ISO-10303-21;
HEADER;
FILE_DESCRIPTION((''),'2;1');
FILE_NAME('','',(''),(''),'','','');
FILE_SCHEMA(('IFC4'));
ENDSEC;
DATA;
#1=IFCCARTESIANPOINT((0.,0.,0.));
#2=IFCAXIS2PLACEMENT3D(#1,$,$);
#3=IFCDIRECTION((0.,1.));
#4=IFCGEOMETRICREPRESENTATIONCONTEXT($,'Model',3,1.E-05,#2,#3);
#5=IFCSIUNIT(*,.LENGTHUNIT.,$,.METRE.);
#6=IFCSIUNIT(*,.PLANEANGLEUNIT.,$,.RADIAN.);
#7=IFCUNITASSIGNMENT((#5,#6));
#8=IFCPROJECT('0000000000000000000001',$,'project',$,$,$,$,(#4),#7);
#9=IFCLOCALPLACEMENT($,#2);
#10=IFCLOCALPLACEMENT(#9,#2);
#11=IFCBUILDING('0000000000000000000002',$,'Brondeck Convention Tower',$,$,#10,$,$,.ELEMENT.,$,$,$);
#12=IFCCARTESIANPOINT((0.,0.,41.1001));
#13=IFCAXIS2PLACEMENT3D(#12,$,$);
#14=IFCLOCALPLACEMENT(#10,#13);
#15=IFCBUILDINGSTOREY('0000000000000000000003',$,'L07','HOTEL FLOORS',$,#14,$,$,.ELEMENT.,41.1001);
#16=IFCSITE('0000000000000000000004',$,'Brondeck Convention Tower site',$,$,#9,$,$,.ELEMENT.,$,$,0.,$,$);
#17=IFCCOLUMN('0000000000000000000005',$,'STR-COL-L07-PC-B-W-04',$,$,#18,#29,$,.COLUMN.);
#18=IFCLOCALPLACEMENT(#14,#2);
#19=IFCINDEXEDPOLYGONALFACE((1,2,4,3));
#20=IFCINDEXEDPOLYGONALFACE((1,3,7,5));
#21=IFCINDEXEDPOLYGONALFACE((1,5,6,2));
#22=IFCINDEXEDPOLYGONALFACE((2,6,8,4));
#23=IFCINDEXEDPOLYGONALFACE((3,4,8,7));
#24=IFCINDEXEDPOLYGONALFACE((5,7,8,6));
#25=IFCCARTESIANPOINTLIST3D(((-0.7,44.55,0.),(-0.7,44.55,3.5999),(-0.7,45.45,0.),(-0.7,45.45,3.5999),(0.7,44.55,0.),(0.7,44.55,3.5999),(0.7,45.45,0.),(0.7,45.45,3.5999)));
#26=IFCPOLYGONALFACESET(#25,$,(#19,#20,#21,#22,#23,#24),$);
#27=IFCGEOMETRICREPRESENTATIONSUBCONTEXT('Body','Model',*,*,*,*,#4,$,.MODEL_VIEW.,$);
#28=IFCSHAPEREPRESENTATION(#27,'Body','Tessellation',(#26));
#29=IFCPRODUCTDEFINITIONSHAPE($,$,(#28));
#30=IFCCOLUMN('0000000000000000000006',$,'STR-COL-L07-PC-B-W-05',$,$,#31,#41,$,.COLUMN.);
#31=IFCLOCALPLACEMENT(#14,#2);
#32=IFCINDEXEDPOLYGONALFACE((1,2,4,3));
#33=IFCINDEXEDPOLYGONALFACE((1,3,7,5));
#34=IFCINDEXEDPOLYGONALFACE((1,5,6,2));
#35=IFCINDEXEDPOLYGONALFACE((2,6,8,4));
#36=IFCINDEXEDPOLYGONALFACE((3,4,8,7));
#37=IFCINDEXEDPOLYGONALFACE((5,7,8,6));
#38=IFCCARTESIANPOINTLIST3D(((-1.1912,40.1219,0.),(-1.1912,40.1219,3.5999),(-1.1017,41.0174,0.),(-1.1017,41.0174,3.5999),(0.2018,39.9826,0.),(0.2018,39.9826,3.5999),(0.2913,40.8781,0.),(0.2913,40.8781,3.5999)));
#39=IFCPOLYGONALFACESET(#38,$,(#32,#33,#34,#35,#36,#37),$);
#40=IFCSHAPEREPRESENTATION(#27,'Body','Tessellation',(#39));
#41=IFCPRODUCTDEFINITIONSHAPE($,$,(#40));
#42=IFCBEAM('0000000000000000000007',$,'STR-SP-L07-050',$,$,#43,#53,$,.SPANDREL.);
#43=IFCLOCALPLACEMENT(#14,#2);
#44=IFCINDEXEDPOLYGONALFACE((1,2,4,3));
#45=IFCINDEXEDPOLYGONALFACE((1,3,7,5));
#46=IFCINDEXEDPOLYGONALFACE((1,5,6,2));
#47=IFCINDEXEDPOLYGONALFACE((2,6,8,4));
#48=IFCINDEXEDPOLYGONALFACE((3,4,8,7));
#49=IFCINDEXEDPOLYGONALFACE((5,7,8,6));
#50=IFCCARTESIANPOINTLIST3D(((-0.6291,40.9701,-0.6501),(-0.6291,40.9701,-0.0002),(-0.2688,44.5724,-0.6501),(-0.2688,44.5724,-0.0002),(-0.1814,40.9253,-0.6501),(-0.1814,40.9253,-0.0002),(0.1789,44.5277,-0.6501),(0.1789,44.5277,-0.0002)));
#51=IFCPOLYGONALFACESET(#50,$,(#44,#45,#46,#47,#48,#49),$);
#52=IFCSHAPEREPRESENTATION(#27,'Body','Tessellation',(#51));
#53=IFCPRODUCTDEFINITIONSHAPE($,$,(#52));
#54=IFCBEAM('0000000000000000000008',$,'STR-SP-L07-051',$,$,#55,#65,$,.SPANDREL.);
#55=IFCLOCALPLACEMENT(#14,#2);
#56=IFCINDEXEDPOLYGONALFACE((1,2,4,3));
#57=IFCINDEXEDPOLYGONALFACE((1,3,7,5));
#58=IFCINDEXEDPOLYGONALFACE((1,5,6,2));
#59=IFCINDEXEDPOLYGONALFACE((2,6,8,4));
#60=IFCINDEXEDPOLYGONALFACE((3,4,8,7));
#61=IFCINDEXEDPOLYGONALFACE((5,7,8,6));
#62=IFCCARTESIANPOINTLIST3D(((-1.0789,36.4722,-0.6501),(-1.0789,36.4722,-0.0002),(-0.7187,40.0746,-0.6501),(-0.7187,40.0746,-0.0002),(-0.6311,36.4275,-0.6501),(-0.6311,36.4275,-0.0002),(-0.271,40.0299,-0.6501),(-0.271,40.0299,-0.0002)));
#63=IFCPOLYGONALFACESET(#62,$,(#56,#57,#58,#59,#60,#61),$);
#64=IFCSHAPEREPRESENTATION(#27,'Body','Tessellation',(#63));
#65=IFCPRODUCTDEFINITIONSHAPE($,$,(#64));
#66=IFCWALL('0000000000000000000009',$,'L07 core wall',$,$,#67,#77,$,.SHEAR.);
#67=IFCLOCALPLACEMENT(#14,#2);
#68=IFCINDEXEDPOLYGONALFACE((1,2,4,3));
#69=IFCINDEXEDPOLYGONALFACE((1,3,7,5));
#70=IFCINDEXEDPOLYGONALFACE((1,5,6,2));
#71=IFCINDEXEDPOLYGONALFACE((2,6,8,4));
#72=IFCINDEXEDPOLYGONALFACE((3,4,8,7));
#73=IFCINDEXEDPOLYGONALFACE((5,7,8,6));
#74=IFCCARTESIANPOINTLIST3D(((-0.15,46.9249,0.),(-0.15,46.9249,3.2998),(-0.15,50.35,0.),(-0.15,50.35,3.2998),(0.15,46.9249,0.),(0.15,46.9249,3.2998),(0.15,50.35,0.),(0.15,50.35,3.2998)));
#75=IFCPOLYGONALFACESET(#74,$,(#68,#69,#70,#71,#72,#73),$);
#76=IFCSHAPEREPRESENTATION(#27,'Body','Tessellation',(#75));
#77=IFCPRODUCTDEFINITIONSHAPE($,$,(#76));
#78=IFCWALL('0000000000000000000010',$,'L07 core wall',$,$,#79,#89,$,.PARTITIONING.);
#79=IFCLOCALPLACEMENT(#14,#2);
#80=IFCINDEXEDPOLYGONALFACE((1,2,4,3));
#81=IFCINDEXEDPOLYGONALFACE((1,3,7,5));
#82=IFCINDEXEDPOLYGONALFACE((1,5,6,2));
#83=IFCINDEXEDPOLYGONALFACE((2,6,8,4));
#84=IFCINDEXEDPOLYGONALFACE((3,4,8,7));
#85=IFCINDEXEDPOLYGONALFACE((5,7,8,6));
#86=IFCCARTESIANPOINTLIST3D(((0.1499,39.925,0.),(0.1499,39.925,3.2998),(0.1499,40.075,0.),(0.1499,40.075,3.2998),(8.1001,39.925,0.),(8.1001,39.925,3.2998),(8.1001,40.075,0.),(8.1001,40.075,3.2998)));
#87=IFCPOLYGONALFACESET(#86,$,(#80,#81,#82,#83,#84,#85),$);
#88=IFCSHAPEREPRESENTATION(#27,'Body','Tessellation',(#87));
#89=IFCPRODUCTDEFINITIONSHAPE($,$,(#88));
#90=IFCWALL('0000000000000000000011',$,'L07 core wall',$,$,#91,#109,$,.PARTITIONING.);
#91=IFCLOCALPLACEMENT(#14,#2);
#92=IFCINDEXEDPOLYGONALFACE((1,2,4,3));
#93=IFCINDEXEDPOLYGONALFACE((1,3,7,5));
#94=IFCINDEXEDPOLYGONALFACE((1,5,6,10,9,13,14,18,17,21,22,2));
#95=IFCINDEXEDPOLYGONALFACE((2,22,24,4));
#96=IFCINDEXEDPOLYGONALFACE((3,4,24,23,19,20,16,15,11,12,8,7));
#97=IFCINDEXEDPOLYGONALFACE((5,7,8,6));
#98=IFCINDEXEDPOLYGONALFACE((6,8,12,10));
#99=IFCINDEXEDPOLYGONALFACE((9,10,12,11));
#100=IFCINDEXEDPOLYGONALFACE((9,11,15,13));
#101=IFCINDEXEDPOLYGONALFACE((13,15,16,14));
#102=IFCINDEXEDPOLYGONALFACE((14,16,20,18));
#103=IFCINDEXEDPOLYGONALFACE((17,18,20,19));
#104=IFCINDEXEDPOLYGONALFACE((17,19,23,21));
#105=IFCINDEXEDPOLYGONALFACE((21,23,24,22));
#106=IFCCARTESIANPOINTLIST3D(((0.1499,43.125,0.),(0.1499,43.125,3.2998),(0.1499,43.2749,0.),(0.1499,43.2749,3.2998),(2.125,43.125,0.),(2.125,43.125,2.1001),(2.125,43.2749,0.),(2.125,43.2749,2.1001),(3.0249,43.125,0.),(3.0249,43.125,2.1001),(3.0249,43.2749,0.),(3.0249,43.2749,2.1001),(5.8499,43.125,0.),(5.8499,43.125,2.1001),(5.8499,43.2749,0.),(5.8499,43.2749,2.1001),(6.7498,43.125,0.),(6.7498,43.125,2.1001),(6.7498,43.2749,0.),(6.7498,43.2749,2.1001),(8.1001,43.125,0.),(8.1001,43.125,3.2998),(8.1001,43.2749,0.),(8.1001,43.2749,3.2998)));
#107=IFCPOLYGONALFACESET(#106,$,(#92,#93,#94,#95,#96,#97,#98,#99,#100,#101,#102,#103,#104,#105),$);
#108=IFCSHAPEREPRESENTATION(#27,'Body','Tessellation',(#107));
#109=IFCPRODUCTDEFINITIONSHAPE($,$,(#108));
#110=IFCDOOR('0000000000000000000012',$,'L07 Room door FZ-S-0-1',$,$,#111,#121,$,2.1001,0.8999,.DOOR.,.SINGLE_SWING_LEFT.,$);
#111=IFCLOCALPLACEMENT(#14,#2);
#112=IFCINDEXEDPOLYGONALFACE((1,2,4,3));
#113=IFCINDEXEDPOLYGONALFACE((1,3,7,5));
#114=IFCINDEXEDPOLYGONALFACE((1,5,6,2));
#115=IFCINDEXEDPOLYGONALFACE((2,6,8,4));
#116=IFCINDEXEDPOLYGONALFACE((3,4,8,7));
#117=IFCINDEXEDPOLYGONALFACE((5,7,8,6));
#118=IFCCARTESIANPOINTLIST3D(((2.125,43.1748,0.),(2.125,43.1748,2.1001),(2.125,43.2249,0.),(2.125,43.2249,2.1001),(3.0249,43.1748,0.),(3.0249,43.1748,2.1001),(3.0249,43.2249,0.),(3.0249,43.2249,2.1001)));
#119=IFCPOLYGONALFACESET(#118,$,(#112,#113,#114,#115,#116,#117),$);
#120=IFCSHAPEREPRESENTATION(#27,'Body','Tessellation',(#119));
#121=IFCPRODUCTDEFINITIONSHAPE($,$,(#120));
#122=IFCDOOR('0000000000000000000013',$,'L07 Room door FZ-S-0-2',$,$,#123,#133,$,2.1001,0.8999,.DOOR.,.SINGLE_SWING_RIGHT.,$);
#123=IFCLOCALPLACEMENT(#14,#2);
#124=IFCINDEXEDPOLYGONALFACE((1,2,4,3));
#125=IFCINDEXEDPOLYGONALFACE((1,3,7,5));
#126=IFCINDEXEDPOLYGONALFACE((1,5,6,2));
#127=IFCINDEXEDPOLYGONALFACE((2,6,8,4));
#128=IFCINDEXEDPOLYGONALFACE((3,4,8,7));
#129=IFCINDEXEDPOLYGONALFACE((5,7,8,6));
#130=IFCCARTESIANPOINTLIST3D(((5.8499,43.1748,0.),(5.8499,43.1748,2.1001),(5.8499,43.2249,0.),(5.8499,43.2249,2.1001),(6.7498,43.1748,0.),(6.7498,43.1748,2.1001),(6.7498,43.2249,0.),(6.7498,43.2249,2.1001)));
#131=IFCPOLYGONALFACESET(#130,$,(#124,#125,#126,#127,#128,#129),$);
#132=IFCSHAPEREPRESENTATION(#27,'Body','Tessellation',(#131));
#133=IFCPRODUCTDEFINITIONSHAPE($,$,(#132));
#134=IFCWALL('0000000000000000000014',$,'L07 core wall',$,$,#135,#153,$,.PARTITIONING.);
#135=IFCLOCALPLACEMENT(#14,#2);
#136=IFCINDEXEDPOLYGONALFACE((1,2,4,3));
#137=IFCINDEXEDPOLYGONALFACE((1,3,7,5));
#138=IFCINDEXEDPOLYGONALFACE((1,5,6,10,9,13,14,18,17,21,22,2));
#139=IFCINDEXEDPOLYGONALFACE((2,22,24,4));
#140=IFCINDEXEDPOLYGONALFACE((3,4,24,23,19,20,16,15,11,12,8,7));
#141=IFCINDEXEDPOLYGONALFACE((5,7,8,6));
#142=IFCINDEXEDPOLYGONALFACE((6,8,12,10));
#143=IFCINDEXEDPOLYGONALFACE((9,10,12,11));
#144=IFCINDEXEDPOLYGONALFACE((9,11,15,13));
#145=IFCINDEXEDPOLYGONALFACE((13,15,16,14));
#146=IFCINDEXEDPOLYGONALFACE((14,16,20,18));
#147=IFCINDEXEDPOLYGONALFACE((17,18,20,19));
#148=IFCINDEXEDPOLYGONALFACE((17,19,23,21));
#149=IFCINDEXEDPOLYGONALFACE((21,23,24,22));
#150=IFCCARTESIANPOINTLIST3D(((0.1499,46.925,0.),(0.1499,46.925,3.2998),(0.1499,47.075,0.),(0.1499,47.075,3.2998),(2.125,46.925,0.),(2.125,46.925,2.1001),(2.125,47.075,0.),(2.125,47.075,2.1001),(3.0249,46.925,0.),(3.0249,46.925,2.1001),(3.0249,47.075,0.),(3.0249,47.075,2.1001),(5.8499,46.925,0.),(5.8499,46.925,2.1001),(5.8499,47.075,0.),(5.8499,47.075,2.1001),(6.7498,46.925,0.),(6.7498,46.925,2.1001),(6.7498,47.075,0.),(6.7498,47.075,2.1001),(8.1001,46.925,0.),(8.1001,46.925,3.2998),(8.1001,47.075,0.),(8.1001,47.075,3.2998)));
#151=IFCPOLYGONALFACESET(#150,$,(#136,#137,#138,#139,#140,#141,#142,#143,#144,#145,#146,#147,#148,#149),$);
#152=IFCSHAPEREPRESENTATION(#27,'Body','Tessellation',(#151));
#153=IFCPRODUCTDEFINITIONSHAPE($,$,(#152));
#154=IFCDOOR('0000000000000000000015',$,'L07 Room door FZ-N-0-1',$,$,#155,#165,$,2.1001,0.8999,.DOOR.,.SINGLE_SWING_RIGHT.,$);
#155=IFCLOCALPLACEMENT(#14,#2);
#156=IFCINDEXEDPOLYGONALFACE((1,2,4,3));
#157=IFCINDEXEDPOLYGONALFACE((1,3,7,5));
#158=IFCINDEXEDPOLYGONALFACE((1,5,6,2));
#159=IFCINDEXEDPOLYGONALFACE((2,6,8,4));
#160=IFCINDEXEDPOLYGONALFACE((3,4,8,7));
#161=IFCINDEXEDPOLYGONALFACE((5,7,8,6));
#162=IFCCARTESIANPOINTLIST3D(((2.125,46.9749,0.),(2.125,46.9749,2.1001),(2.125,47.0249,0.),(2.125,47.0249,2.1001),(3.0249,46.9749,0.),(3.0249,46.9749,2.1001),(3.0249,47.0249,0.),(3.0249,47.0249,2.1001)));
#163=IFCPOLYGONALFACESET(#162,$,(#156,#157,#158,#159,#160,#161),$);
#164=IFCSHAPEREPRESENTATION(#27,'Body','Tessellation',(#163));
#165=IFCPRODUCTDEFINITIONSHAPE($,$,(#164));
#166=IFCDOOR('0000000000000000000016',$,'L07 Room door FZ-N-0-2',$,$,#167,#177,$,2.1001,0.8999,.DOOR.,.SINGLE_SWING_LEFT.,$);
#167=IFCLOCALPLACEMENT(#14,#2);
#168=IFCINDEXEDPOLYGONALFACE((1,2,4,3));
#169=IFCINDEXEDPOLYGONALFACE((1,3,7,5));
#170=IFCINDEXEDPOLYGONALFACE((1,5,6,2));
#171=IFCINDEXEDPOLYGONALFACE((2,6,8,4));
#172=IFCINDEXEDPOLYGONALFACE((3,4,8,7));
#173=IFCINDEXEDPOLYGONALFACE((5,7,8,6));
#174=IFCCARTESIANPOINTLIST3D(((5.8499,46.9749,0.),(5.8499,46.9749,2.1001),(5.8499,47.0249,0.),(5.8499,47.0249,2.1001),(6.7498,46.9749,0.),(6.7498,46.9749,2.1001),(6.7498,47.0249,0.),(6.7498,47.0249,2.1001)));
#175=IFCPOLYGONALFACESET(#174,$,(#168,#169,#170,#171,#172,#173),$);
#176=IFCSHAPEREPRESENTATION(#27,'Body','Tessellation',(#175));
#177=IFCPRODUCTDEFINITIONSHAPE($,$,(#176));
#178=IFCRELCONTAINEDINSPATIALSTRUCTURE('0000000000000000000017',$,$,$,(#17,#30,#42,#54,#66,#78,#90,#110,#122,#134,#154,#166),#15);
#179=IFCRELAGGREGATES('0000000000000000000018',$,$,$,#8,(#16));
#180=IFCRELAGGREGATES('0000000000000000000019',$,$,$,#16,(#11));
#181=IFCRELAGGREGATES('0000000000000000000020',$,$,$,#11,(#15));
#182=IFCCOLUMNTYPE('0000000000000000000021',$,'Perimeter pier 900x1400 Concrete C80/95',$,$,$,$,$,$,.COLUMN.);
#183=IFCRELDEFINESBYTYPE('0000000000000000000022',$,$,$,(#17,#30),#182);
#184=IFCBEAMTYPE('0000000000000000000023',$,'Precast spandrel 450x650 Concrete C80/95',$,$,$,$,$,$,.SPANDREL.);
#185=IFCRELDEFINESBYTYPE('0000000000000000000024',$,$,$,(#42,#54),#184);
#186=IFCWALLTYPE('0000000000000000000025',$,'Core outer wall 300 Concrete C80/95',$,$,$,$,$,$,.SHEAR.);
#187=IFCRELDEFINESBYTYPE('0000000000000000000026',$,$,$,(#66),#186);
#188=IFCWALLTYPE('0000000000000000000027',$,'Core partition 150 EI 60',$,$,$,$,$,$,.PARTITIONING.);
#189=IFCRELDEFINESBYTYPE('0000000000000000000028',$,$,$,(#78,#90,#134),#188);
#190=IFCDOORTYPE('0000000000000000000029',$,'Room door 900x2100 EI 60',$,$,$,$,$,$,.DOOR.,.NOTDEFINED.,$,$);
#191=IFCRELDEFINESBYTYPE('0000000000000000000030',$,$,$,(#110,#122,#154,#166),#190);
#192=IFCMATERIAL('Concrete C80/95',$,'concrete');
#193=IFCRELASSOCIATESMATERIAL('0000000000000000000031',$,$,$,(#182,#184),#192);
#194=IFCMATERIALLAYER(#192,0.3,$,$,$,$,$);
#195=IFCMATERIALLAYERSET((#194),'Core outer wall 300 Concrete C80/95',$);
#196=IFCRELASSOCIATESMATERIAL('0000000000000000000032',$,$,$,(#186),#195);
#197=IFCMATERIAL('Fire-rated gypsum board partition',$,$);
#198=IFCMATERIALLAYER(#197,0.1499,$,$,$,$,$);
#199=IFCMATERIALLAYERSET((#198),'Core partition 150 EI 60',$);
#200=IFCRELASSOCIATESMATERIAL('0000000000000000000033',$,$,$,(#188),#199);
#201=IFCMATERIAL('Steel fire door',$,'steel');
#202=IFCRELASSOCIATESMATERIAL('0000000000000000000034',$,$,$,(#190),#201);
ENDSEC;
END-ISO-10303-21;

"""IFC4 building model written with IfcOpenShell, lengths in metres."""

from ifc_helpers import new_model, si_unit, direction, frame, frame_2d, origin, origin_2d, place, context, subcontext, project, spatial, rectangle, extrude, material, layer, layer_set, material_profile, profile_set, type_object, element, fill, save


model = new_model("IFC4")

# Units and contexts
model_context = context("Model", 3, precision=1e-05, world=origin(), true_north=direction((0.0, 1.0)))
body_context = subcontext(model_context, "Body", "Model", "MODEL_VIEW")
ifc_project = project(units=[si_unit("LENGTHUNIT", "METRE"), si_unit("PLANEANGLEUNIT", "RADIAN")], contexts=[model_context])

# Site, building, storey
site_placement = place(None, origin())
site = spatial("IfcSite", under=ifc_project, at=site_placement, Name="Brondeck Convention Tower site", CompositionType="ELEMENT", RefElevation=0.0)
building_placement = place(site_placement, origin())
building = spatial("IfcBuilding", under=site, at=building_placement, Name="Brondeck Convention Tower", CompositionType="ELEMENT")
storey_placement = place(building_placement, frame((0.0, 0.0, 41.1001)))
storey = spatial("IfcBuildingStorey", under=building, at=storey_placement, Name="L07", Description="HOTEL FLOORS", CompositionType="ELEMENT", Elevation=41.1001)

# Columns
ifc_material_1 = material(Name="Concrete C80/95", Category="concrete")
ifc_material_profile_1 = material_profile(ifc_material_1, rectangle(XDim=0.8999, YDim=1.3999, at=origin_2d()), Name="Perimeter pier 900x1400 Concrete C80/95")
ifc_profile_set_1 = profile_set([ifc_material_profile_1], Name="Concrete C80/95")
column_type = type_object("IfcColumnType", Name="Perimeter pier 900x1400 Concrete C80/95", PredefinedType="COLUMN", material=ifc_profile_set_1)
for number, where, z_axis, x_axis, name in (
    (1, (0.0, 45.0, 0.0), (0.0, 0.0, 1.0), (0.0, -1.0, 0.0), "STR-COL-L07-PC-B-W-04"),
    (2, (-0.45, 40.5, 0.0), (0.0, 0.0, 1.0), (-0.099504, -0.995037, 0.0), "STR-COL-L07-PC-B-W-05"),
):
    element("IfcColumn", number, at=place(storey_placement, frame(where, z_axis=z_axis, x_axis=x_axis)), inside=storey, type_object=column_type, Name=name, PredefinedType="COLUMN", context=body_context, shape_type="SweptSolid", body=[
        extrude(rectangle(XDim=0.8999, YDim=1.3999, at=origin_2d()), origin(), (0.0, 0.0, 1.0), 3.5999),
    ])

# Beams
ifc_material_profile_2 = material_profile(ifc_material_1, rectangle(XDim=0.45, YDim=0.6499, at=origin_2d()), Name="Precast spandrel 450x650 Concrete C80/95")
ifc_profile_set_2 = profile_set([ifc_material_profile_2], Name="Concrete C80/95")
beam_type = type_object("IfcBeamType", Name="Precast spandrel 450x650 Concrete C80/95", PredefinedType="SPANDREL", material=ifc_profile_set_2)
for number, where, z_axis, x_axis, name in (
    (3, (-0.0449, 44.55, -0.3252), (-0.099537, -0.995034, 0.0), (0.995034, -0.099537, 0.0), "STR-SP-L07-050"),
    (4, (-0.4949, 40.0522, -0.3252), (-0.09947, -0.995041, 0.0), (0.995041, -0.09947, 0.0), "STR-SP-L07-051"),
):
    element("IfcBeam", number, at=place(storey_placement, frame(where, z_axis=z_axis, x_axis=x_axis)), inside=storey, type_object=beam_type, Name=name, PredefinedType="SPANDREL", context=body_context, shape_type="SweptSolid", body=[
        extrude(rectangle(XDim=0.45, YDim=0.6499, at=origin_2d()), origin(), (0.0, 0.0, 1.0), 3.6204),
    ])

# Walls
ifc_layer_1 = layer(ifc_material_1, 0.3)
ifc_layer_set_1 = layer_set([ifc_layer_1], Name="Core outer wall 300 Concrete C80/95")
wall_type_1 = type_object("IfcWallType", Name="Core outer wall 300 Concrete C80/95", PredefinedType="SHEAR", material=ifc_layer_set_1)
wall_1_placement = place(storey_placement, frame((0.0, 46.925, 0.0), z_axis=(0.0, 0.0, 1.0), x_axis=(0.0, 1.0, 0.0)))
element("IfcWall", 5, at=wall_1_placement, inside=storey, type_object=wall_type_1, Name="L07 core wall", PredefinedType="SHEAR", context=body_context, shape_type="SweptSolid", body=[
    extrude(rectangle(XDim=3.425, YDim=0.3, at=frame_2d((1.7124, 0.0))), origin(), (0.0, 0.0, 1.0), 3.2998),
])
ifc_material_2 = material(Name="Fire-rated gypsum board partition")
ifc_layer_2 = layer(ifc_material_2, 0.1499)
ifc_layer_set_2 = layer_set([ifc_layer_2], Name="Core partition 150 EI 60")
wall_type_2 = type_object("IfcWallType", Name="Core partition 150 EI 60", PredefinedType="PARTITIONING", material=ifc_layer_set_2)
wall_2_placement = place(storey_placement, frame((0.1499, 40.0, 0.0), z_axis=(0.0, 0.0, 1.0), x_axis=(1.0, 0.0, 0.0)))
element("IfcWall", 6, at=wall_2_placement, inside=storey, type_object=wall_type_2, Name="L07 core wall", PredefinedType="PARTITIONING", context=body_context, shape_type="SweptSolid", body=[
    extrude(rectangle(XDim=7.9502, YDim=0.1499, at=frame_2d((3.9751, 0.0))), origin(), (0.0, 0.0, 1.0), 3.2998),
])

# Walls, openings, doors
wall_3_placement = place(storey_placement, frame((0.1499, 43.2, 0.0), z_axis=(0.0, 0.0, 1.0), x_axis=(1.0, 0.0, 0.0)))
wall_3 = element("IfcWall", 7, at=wall_3_placement, inside=storey, type_object=wall_type_2, Name="L07 core wall", PredefinedType="PARTITIONING", context=body_context, shape_type="SweptSolid", body=[
    extrude(rectangle(XDim=7.9502, YDim=0.1499, at=frame_2d((3.9751, 0.0))), origin(), (0.0, 0.0, 1.0), 3.2998),
])
opening_1_placement = place(wall_3_placement, frame((1.9751, 0.0, 0.0)))
opening_1 = element("IfcOpeningElement", 8, at=opening_1_placement, cuts=wall_3, PredefinedType="OPENING", context=body_context, shape_type="SweptSolid", body=[
    extrude(rectangle(XDim=0.8999, YDim=2.1001, at=frame_2d((0.45, 1.05))), frame((0.0, 0.085, 0.0), z_axis=(0.0, -1.0, 0.0), x_axis=(1.0, 0.0, 0.0)), (0.0, 0.0, 1.0), 0.1699),
])
opening_2_placement = place(wall_3_placement, frame((5.7, 0.0, 0.0)))
opening_2 = element("IfcOpeningElement", 9, at=opening_2_placement, cuts=wall_3, PredefinedType="OPENING", context=body_context, shape_type="SweptSolid", body=[
    extrude(rectangle(XDim=0.8999, YDim=2.1001, at=frame_2d((0.45, 1.05))), frame((0.0, 0.085, 0.0), z_axis=(0.0, -1.0, 0.0), x_axis=(1.0, 0.0, 0.0)), (0.0, 0.0, 1.0), 0.1699),
])
ifc_material_3 = material(Name="Steel fire door", Category="steel")
door_type = type_object("IfcDoorType", Name="Room door 900x2100 EI 60", OperationType="NOTDEFINED", PredefinedType="DOOR", material=ifc_material_3)
door_1_placement = place(opening_1_placement, origin())
door_1 = element("IfcDoor", 10, at=door_1_placement, inside=storey, type_object=door_type, Name="L07 Room door FZ-S-0-1", OperationType="SINGLE_SWING_LEFT", OverallHeight=2.1001, OverallWidth=0.8999, PredefinedType="DOOR", context=body_context, shape_type="SweptSolid", body=[
    extrude(rectangle(XDim=0.8999, YDim=2.1001, at=frame_2d((0.45, 1.05))), frame((0.0, 0.0249, 0.0), z_axis=(0.0, -1.0, 0.0), x_axis=(1.0, 0.0, 0.0)), (0.0, 0.0, 1.0), 0.05),
])
fill(opening_1, door_1)
door_2_placement = place(opening_2_placement, origin())
door_2 = element("IfcDoor", 11, at=door_2_placement, inside=storey, type_object=door_type, Name="L07 Room door FZ-S-0-2", OperationType="SINGLE_SWING_RIGHT", OverallHeight=2.1001, OverallWidth=0.8999, PredefinedType="DOOR", context=body_context, shape_type="SweptSolid", body=[
    extrude(rectangle(XDim=0.8999, YDim=2.1001, at=frame_2d((0.45, 1.05))), frame((0.0, 0.0249, 0.0), z_axis=(0.0, -1.0, 0.0), x_axis=(1.0, 0.0, 0.0)), (0.0, 0.0, 1.0), 0.05),
])
fill(opening_2, door_2)
wall_4_placement = place(storey_placement, frame((0.1499, 47.0, 0.0), z_axis=(0.0, 0.0, 1.0), x_axis=(1.0, 0.0, 0.0)))
wall_4 = element("IfcWall", 12, at=wall_4_placement, inside=storey, type_object=wall_type_2, Name="L07 core wall", PredefinedType="PARTITIONING", context=body_context, shape_type="SweptSolid", body=[
    extrude(rectangle(XDim=7.9502, YDim=0.1499, at=frame_2d((3.9751, 0.0))), origin(), (0.0, 0.0, 1.0), 3.2998),
])
opening_3_placement = place(wall_4_placement, frame((1.9751, 0.0, 0.0)))
opening_3 = element("IfcOpeningElement", 13, at=opening_3_placement, cuts=wall_4, PredefinedType="OPENING", context=body_context, shape_type="SweptSolid", body=[
    extrude(rectangle(XDim=0.8999, YDim=2.1001, at=frame_2d((0.45, 1.05))), frame((0.0, 0.085, 0.0), z_axis=(0.0, -1.0, 0.0), x_axis=(1.0, 0.0, 0.0)), (0.0, 0.0, 1.0), 0.1699),
])
opening_4_placement = place(wall_4_placement, frame((5.7, 0.0, 0.0)))
opening_4 = element("IfcOpeningElement", 14, at=opening_4_placement, cuts=wall_4, PredefinedType="OPENING", context=body_context, shape_type="SweptSolid", body=[
    extrude(rectangle(XDim=0.8999, YDim=2.1001, at=frame_2d((0.45, 1.05))), frame((0.0, 0.085, 0.0), z_axis=(0.0, -1.0, 0.0), x_axis=(1.0, 0.0, 0.0)), (0.0, 0.0, 1.0), 0.1699),
])
door_3_placement = place(opening_3_placement, origin())
door_3 = element("IfcDoor", 15, at=door_3_placement, inside=storey, type_object=door_type, Name="L07 Room door FZ-N-0-1", OperationType="SINGLE_SWING_RIGHT", OverallHeight=2.1001, OverallWidth=0.8999, PredefinedType="DOOR", context=body_context, shape_type="SweptSolid", body=[
    extrude(rectangle(XDim=0.8999, YDim=2.1001, at=frame_2d((0.45, 1.05))), frame((0.0, 0.0249, 0.0), z_axis=(0.0, -1.0, 0.0), x_axis=(1.0, 0.0, 0.0)), (0.0, 0.0, 1.0), 0.05),
])
fill(opening_3, door_3)
door_4_placement = place(opening_4_placement, origin())
door_4 = element("IfcDoor", 16, at=door_4_placement, inside=storey, type_object=door_type, Name="L07 Room door FZ-N-0-2", OperationType="SINGLE_SWING_LEFT", OverallHeight=2.1001, OverallWidth=0.8999, PredefinedType="DOOR", context=body_context, shape_type="SweptSolid", body=[
    extrude(rectangle(XDim=0.8999, YDim=2.1001, at=frame_2d((0.45, 1.05))), frame((0.0, 0.0249, 0.0), z_axis=(0.0, -1.0, 0.0), x_axis=(1.0, 0.0, 0.0)), (0.0, 0.0, 1.0), 0.05),
])
fill(opening_4, door_4)

save(model, "model.ifc")
